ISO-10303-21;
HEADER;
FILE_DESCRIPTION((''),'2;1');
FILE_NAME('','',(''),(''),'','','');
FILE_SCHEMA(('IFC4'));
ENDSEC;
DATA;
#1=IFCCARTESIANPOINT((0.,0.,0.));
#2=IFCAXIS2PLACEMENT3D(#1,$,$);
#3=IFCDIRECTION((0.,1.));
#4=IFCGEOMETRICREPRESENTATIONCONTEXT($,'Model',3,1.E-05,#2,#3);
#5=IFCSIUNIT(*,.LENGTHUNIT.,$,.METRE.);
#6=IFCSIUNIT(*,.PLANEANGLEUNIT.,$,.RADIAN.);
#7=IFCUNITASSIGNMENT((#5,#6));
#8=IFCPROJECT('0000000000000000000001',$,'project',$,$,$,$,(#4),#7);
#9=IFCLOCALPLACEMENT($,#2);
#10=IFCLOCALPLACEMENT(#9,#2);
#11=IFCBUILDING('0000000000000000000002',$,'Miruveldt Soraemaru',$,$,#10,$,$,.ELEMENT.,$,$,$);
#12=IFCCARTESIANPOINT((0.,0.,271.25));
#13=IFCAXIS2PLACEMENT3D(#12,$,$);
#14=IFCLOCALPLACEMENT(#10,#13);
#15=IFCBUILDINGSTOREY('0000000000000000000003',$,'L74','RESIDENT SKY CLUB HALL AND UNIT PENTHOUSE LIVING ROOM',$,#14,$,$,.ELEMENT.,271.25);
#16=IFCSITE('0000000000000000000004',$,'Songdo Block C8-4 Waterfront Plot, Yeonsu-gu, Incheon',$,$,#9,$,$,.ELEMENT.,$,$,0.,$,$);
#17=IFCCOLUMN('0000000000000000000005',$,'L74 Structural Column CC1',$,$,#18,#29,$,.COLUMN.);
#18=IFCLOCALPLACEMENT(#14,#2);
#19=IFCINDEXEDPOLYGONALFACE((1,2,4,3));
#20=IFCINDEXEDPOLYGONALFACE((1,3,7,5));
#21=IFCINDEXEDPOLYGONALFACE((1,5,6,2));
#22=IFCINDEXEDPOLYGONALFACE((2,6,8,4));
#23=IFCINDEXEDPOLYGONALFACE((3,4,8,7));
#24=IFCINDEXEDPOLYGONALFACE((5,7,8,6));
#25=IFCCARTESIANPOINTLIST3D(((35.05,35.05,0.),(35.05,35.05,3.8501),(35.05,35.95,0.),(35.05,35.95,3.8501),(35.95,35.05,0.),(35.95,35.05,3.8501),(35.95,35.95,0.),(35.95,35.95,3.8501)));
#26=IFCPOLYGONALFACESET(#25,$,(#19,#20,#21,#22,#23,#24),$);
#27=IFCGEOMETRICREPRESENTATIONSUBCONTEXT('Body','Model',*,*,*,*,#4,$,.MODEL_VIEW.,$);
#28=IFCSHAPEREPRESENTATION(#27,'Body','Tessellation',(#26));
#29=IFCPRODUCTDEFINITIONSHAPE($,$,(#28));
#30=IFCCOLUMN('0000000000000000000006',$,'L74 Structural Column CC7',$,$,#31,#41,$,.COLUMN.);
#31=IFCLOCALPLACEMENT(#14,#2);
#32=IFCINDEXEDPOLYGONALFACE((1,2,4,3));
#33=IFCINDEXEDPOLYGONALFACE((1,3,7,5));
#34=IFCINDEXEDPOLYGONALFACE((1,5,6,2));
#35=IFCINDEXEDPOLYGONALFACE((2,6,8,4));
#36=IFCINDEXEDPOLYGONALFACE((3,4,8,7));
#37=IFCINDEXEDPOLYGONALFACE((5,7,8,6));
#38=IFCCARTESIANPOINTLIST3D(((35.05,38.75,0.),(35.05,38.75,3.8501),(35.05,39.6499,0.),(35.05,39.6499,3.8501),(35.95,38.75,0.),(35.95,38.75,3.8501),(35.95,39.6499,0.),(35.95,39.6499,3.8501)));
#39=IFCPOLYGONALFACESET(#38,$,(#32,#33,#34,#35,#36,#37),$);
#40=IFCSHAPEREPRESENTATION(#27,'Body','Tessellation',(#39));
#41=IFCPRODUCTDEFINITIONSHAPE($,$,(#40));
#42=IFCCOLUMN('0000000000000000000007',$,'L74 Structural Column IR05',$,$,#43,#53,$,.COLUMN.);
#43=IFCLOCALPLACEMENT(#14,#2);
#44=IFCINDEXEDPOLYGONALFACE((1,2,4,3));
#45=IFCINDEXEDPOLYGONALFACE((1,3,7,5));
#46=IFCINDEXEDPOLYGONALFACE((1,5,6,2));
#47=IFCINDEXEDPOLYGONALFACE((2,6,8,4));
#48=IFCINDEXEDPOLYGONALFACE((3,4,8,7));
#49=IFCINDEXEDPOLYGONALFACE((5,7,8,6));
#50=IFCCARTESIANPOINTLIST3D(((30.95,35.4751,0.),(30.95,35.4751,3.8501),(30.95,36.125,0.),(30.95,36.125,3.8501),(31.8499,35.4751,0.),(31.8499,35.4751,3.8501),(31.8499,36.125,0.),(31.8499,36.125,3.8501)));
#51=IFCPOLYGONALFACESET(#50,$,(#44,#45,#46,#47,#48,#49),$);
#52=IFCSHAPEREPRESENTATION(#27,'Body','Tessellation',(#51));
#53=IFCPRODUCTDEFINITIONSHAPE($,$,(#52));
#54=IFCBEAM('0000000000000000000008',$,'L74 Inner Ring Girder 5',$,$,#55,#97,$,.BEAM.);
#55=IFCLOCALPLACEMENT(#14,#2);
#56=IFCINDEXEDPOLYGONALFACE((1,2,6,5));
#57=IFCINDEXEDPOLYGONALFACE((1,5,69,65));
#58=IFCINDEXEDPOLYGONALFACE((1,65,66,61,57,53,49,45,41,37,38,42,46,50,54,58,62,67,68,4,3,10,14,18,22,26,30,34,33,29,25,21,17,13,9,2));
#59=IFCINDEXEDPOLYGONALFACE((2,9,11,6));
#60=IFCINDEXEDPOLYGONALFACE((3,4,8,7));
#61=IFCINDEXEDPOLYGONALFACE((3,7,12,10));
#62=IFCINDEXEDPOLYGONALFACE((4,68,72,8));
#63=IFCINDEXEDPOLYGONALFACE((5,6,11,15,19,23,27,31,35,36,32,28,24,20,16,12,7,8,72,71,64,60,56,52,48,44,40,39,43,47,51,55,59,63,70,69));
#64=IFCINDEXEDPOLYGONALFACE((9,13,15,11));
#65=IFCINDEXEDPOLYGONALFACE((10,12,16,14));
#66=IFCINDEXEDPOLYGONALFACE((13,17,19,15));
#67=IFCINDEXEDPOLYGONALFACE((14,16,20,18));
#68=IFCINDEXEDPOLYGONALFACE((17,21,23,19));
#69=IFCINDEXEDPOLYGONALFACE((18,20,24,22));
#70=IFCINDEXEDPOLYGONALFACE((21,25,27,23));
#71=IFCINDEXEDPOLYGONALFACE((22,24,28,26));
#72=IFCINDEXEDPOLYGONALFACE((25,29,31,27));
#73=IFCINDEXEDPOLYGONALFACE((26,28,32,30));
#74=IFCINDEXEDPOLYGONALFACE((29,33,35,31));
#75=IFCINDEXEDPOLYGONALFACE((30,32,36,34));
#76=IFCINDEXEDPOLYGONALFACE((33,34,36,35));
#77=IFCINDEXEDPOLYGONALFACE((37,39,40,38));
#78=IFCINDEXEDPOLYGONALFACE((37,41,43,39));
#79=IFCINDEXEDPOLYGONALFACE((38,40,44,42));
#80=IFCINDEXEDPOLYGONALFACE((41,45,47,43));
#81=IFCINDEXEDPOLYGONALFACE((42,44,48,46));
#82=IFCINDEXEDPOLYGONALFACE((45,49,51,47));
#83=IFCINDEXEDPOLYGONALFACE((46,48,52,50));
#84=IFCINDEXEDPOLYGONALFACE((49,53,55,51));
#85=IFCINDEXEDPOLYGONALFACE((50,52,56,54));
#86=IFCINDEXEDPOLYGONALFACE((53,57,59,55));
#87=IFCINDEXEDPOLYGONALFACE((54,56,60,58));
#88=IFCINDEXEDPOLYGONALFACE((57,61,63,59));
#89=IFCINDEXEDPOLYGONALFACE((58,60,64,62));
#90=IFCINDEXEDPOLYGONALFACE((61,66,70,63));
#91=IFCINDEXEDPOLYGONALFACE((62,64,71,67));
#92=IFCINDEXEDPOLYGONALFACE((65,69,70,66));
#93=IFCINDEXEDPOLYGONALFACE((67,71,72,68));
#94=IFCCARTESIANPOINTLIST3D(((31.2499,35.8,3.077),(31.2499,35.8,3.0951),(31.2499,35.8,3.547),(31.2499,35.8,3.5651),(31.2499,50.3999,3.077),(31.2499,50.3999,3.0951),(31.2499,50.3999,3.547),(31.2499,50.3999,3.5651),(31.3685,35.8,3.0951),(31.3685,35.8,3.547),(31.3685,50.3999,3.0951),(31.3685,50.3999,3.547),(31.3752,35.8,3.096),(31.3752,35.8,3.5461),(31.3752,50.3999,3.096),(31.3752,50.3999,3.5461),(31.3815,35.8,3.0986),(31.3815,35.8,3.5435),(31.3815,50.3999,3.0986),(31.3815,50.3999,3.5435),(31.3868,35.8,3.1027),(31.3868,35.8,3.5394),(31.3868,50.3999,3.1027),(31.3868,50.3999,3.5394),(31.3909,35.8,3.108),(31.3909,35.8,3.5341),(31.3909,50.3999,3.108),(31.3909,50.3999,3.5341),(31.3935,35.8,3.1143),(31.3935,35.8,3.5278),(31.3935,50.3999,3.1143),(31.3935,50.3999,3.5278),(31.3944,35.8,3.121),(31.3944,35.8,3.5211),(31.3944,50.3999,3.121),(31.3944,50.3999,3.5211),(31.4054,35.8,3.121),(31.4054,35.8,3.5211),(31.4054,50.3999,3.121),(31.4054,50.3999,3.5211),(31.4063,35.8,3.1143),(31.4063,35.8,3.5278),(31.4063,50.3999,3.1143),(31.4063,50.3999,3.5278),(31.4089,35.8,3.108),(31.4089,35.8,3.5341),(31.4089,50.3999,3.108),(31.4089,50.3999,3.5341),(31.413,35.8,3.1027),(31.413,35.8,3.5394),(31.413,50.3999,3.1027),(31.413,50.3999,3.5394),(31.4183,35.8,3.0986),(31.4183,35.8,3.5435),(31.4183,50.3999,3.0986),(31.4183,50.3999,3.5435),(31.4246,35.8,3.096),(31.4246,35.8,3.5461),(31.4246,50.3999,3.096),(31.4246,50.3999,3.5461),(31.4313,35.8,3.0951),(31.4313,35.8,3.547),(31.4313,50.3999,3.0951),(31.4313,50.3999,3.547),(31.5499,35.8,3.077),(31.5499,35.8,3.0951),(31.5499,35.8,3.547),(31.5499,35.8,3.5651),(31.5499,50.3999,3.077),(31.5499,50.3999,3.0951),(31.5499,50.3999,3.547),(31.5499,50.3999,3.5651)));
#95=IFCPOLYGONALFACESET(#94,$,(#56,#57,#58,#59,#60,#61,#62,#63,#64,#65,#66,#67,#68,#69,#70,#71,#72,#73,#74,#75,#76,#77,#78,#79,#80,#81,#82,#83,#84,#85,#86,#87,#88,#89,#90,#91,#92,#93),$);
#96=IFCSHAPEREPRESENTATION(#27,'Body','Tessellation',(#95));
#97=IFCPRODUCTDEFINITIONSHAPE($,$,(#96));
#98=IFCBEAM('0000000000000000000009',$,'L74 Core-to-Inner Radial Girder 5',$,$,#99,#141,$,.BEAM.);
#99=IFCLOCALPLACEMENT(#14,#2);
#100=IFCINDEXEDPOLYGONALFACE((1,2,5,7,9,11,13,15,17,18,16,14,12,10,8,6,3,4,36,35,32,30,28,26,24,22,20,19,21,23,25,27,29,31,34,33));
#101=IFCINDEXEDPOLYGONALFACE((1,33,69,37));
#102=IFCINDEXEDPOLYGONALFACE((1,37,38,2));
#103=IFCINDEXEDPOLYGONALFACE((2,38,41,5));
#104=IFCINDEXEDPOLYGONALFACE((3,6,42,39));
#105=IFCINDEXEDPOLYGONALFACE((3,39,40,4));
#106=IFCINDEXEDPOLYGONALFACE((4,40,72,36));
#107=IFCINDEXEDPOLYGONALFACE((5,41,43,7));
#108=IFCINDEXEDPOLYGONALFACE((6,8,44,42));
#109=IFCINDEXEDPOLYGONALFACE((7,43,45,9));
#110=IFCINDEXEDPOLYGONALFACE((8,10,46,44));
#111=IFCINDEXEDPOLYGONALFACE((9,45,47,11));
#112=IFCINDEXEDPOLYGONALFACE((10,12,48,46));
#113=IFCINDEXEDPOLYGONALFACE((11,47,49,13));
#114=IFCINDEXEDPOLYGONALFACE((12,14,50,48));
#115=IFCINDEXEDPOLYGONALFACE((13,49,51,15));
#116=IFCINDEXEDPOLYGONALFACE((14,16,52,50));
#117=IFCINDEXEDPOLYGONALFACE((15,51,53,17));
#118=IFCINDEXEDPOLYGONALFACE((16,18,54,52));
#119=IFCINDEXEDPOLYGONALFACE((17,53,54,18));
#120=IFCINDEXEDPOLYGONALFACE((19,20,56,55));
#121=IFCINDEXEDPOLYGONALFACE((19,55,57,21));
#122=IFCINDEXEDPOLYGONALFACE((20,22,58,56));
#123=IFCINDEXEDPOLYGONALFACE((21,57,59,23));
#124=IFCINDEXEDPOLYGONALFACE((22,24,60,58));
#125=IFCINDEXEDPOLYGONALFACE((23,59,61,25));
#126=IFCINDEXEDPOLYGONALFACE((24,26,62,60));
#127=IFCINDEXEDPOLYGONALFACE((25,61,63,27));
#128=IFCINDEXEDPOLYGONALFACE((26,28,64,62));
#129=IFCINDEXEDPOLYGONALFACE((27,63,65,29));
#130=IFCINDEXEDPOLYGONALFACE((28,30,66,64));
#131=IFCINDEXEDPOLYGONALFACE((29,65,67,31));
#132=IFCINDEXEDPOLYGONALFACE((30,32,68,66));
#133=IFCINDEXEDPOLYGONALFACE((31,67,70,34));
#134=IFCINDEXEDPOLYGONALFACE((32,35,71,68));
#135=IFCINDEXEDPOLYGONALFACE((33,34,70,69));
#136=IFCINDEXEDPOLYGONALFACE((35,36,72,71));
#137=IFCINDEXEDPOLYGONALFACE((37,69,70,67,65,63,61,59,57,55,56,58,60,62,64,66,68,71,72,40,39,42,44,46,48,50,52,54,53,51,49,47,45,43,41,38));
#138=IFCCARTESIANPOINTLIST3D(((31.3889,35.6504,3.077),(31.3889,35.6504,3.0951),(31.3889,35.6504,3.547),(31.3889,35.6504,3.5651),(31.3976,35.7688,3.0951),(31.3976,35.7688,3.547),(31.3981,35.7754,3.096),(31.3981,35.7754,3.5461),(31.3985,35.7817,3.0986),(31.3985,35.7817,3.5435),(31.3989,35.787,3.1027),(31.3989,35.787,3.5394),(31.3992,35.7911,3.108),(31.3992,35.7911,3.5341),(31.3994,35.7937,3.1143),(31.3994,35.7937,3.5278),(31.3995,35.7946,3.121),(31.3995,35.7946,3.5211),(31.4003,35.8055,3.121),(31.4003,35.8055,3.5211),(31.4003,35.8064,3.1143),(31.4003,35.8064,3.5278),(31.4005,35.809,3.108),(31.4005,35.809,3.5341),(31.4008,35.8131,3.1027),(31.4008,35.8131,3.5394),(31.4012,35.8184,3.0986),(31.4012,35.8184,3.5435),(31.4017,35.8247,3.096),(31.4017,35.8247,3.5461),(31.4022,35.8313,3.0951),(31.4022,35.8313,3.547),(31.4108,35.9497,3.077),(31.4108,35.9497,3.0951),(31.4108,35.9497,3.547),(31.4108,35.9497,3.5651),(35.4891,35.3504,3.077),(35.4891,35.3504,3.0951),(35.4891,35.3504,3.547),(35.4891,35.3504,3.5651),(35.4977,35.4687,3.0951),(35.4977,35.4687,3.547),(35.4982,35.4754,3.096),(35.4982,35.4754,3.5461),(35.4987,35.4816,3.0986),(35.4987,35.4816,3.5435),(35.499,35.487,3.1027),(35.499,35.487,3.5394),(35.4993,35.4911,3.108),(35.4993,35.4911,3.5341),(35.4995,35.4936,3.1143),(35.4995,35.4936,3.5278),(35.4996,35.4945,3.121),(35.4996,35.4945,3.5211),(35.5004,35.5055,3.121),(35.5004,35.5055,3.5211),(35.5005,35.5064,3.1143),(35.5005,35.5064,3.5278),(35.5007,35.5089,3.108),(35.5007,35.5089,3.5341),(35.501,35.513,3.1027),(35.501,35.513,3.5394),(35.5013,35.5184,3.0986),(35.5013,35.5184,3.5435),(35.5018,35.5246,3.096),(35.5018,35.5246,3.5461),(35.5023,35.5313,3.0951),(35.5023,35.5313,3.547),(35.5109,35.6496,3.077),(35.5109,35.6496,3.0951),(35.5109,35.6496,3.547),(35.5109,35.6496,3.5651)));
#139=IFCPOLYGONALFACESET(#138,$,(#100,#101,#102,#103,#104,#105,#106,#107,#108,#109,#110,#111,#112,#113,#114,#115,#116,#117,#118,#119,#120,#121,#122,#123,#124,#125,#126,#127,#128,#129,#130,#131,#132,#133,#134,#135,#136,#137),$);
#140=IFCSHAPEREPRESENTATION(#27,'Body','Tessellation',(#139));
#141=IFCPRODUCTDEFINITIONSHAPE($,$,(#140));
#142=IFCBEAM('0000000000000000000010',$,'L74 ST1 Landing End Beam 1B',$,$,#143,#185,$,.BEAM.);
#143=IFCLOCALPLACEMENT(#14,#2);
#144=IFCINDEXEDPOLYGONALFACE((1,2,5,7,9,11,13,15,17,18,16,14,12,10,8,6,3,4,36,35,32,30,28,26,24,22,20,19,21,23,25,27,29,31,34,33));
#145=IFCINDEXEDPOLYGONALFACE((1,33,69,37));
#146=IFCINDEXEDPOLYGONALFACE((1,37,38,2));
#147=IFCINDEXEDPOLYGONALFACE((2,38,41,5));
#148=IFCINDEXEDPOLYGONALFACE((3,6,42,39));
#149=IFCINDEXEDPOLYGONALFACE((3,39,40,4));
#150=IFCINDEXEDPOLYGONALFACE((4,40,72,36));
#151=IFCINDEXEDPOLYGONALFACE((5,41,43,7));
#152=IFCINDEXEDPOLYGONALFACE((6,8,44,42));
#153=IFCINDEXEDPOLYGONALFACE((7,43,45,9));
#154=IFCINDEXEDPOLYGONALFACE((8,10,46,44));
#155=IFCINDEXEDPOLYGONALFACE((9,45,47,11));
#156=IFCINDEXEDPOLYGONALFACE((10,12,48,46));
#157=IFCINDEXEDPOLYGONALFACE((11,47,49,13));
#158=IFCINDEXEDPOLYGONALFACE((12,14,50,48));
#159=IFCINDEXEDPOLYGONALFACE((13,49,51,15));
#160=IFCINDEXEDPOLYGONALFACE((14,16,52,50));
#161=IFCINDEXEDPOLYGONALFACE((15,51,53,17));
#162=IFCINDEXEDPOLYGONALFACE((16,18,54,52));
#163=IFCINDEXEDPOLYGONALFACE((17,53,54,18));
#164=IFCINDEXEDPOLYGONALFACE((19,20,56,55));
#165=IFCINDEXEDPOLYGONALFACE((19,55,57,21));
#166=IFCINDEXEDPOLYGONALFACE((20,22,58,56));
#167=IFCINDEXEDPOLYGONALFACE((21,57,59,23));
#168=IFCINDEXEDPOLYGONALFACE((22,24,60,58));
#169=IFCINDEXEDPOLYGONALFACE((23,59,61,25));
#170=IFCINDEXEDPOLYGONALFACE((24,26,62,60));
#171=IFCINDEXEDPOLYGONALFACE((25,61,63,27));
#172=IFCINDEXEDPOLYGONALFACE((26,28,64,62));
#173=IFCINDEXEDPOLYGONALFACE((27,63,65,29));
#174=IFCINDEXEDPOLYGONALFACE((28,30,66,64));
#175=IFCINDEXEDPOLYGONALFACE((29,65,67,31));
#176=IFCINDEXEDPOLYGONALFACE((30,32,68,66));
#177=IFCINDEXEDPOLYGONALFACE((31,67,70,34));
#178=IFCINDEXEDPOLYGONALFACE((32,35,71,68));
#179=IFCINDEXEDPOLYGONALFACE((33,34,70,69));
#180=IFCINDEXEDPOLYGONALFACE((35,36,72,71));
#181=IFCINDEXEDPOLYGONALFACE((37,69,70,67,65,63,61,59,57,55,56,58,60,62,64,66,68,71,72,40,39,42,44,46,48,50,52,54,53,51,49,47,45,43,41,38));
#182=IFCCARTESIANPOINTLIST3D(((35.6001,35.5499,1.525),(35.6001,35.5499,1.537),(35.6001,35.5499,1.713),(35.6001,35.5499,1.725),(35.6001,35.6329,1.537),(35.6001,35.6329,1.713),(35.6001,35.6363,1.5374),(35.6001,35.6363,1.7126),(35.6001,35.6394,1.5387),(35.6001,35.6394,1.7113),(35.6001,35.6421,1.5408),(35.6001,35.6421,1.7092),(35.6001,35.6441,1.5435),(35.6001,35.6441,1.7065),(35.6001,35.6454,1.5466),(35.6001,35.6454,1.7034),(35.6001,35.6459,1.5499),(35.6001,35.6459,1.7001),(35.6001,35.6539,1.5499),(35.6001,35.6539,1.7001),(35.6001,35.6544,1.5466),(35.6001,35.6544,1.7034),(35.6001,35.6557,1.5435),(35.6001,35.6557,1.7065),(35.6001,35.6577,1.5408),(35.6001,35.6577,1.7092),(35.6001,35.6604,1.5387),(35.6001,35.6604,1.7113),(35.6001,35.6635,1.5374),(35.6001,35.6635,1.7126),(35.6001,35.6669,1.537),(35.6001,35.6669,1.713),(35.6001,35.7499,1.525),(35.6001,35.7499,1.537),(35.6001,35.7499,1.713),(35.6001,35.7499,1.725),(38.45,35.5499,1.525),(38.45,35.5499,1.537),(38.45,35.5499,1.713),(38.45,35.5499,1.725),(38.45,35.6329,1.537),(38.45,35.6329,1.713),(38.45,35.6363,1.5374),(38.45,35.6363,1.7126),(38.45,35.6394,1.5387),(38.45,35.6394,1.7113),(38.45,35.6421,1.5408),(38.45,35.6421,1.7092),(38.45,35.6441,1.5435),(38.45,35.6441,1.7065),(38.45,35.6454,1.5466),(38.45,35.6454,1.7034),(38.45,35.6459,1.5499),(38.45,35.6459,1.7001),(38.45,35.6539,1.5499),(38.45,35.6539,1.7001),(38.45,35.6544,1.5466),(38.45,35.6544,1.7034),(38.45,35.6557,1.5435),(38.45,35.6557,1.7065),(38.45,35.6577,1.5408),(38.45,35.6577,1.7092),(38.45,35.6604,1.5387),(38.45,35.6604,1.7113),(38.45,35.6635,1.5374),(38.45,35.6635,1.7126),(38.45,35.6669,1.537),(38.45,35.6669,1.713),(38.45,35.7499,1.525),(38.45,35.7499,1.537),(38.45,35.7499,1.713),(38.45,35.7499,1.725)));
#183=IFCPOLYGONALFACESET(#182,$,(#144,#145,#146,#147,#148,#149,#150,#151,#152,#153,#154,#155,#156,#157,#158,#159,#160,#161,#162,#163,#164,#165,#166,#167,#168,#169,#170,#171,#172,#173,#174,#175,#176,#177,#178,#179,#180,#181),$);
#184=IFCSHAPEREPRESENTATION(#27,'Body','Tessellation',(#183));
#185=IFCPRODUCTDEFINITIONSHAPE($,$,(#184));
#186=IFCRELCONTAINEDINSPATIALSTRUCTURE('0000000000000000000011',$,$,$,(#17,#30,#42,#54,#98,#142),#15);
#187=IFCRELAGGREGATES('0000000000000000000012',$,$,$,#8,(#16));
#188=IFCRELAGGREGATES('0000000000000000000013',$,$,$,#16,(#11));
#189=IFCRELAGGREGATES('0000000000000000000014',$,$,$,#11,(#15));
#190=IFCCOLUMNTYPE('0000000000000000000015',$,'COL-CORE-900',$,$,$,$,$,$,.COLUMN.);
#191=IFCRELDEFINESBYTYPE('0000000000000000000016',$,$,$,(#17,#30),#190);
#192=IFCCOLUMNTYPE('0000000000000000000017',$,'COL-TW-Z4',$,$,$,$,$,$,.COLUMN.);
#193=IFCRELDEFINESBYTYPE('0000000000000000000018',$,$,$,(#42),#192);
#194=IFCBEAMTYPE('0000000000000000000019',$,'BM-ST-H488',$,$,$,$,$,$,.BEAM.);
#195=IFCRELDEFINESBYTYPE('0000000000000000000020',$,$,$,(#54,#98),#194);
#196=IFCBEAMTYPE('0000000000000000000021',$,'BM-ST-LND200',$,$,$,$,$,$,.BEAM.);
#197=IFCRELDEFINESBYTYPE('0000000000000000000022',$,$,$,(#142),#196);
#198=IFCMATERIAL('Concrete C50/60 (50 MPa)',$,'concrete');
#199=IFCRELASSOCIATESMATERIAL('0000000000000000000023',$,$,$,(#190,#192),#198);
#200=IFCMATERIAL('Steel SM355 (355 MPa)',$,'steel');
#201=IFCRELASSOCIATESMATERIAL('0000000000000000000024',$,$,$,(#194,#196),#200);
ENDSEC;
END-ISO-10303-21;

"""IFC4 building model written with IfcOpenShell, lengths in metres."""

from ifc_helpers import new_model, si_unit, direction, frame, origin, origin_2d, place, context, subcontext, project, spatial, rectangle, i_section, extrude, material, material_profile, profile_set, type_object, element, save


model = new_model("IFC4")

# Units and contexts
model_context = context("Model", 3, precision=1e-05, world=origin(), true_north=direction((0.0, 1.0)))
body_context = subcontext(model_context, "Body", "Model", "MODEL_VIEW")
ifc_project = project(units=[si_unit("LENGTHUNIT", "METRE"), si_unit("PLANEANGLEUNIT", "RADIAN")], contexts=[model_context])

# Site, building, storey
site_placement = place(None, origin())
site = spatial("IfcSite", under=ifc_project, at=site_placement, Name="Songdo Block C8-4 Waterfront Plot, Yeonsu-gu, Incheon", CompositionType="ELEMENT", RefElevation=0.0)
building_placement = place(site_placement, origin())
building = spatial("IfcBuilding", under=site, at=building_placement, Name="Miruveldt Soraemaru", CompositionType="ELEMENT")
storey_placement = place(building_placement, frame((0.0, 0.0, 271.25)))
storey = spatial("IfcBuildingStorey", under=building, at=storey_placement, Name="L74", Description="RESIDENT SKY CLUB HALL AND UNIT PENTHOUSE LIVING ROOM", CompositionType="ELEMENT", Elevation=271.25)

# Columns
ifc_material_1 = material(Name="Concrete C50/60 (50 MPa)", Category="concrete")
ifc_material_profile_1 = material_profile(ifc_material_1, rectangle(XDim=0.8999, YDim=0.8999, at=origin_2d()), Name="Concrete C50/60 (50 MPa)", Category="concrete")
ifc_profile_set_1 = profile_set([ifc_material_profile_1], Name="Concrete C50/60 (50 MPa)")
column_type_1 = type_object("IfcColumnType", Name="COL-CORE-900", PredefinedType="COLUMN", material=ifc_profile_set_1)
for number, where, z_axis, x_axis, name in (
    (1, (35.5, 35.5, 0.0), (0.0, 0.0, 1.0), (1.0, 0.0, 0.0), "L74 Structural Column CC1"),
    (2, (35.5, 39.2, 0.0), (0.0, 0.0, 1.0), (1.0, 0.0, 0.0), "L74 Structural Column CC7"),
):
    element("IfcColumn", number, at=place(storey_placement, frame(where, z_axis=z_axis, x_axis=x_axis)), inside=storey, type_object=column_type_1, Name=name, PredefinedType="COLUMN", context=body_context, shape_type="SweptSolid", body=[
        extrude(rectangle(XDim=0.8999, YDim=0.8999, at=origin_2d()), origin(), (0.0, 0.0, 1.0), 3.8501),
    ])
ifc_material_profile_2 = material_profile(ifc_material_1, rectangle(XDim=0.8999, YDim=0.6499, at=origin_2d()), Name="Concrete C50/60 (50 MPa)", Category="concrete")
ifc_profile_set_2 = profile_set([ifc_material_profile_2], Name="Concrete C50/60 (50 MPa)")
column_type_2 = type_object("IfcColumnType", Name="COL-TW-Z4", PredefinedType="COLUMN", material=ifc_profile_set_2)
column_placement = place(storey_placement, frame((31.3999, 35.8, 0.0), z_axis=(0.0, 0.0, 1.0), x_axis=(1.0, 0.0, 0.0)))
element("IfcColumn", 3, at=column_placement, inside=storey, type_object=column_type_2, Name="L74 Structural Column IR05", PredefinedType="COLUMN", context=body_context, shape_type="SweptSolid", body=[
    extrude(rectangle(XDim=0.8999, YDim=0.6499, at=origin_2d()), origin(), (0.0, 0.0, 1.0), 3.8501),
])

# Beams
ifc_material_2 = material(Name="Steel SM355 (355 MPa)", Category="steel")
ifc_material_profile_3 = material_profile(ifc_material_2, i_section(OverallWidth=0.3, OverallDepth=0.488, WebThickness=0.011, FlangeThickness=0.0181, FilletRadius=0.0259, at=origin_2d()), Name="Steel SM355 (355 MPa)", Category="steel")
ifc_profile_set_3 = profile_set([ifc_material_profile_3], Name="Steel SM355 (355 MPa)")
beam_type_1 = type_object("IfcBeamType", Name="BM-ST-H488", PredefinedType="BEAM", material=ifc_profile_set_3)
beam_1_placement = place(storey_placement, frame((31.3999, 35.8, 3.321), z_axis=(0.0, 1.0, 0.0), x_axis=(-1.0, 0.0, 0.0)))
element("IfcBeam", 4, at=beam_1_placement, inside=storey, type_object=beam_type_1, Name="L74 Inner Ring Girder 5", PredefinedType="BEAM", context=body_context, shape_type="SweptSolid", body=[
    extrude(i_section(OverallWidth=0.3, OverallDepth=0.488, WebThickness=0.011, FlangeThickness=0.0181, FilletRadius=0.0259, at=origin_2d()), origin(), (0.0, 0.0, 1.0), 14.5999),
])
beam_2_placement = place(storey_placement, frame((35.5, 35.5, 3.321), z_axis=(-0.997333, 0.072986, 0.0), x_axis=(-0.072986, -0.997333, 0.0)))
element("IfcBeam", 5, at=beam_2_placement, inside=storey, type_object=beam_type_1, Name="L74 Core-to-Inner Radial Girder 5", PredefinedType="BEAM", context=body_context, shape_type="SweptSolid", body=[
    extrude(i_section(OverallWidth=0.3, OverallDepth=0.488, WebThickness=0.011, FlangeThickness=0.0181, FilletRadius=0.0259, at=origin_2d()), origin(), (0.0, 0.0, 1.0), 4.1111),
])
ifc_material_profile_4 = material_profile(ifc_material_2, i_section(OverallWidth=0.2, OverallDepth=0.2, WebThickness=0.0081, FlangeThickness=0.012, FilletRadius=0.0129, at=origin_2d()), Name="Steel SM355 (355 MPa)", Category="steel")
ifc_profile_set_4 = profile_set([ifc_material_profile_4], Name="Steel SM355 (355 MPa)")
beam_type_2 = type_object("IfcBeamType", Name="BM-ST-LND200", PredefinedType="BEAM", material=ifc_profile_set_4)
beam_3_placement = place(storey_placement, frame((35.6001, 35.6499, 1.625), z_axis=(1.0, 0.0, 0.0), x_axis=(0.0, 1.0, 0.0)))
element("IfcBeam", 6, at=beam_3_placement, inside=storey, type_object=beam_type_2, Name="L74 ST1 Landing End Beam 1B", PredefinedType="BEAM", context=body_context, shape_type="SweptSolid", body=[
    extrude(i_section(OverallWidth=0.2, OverallDepth=0.2, WebThickness=0.0081, FlangeThickness=0.012, FilletRadius=0.0129, at=origin_2d()), origin(), (0.0, 0.0, 1.0), 2.8499),
])

save(model, "model.ifc")
